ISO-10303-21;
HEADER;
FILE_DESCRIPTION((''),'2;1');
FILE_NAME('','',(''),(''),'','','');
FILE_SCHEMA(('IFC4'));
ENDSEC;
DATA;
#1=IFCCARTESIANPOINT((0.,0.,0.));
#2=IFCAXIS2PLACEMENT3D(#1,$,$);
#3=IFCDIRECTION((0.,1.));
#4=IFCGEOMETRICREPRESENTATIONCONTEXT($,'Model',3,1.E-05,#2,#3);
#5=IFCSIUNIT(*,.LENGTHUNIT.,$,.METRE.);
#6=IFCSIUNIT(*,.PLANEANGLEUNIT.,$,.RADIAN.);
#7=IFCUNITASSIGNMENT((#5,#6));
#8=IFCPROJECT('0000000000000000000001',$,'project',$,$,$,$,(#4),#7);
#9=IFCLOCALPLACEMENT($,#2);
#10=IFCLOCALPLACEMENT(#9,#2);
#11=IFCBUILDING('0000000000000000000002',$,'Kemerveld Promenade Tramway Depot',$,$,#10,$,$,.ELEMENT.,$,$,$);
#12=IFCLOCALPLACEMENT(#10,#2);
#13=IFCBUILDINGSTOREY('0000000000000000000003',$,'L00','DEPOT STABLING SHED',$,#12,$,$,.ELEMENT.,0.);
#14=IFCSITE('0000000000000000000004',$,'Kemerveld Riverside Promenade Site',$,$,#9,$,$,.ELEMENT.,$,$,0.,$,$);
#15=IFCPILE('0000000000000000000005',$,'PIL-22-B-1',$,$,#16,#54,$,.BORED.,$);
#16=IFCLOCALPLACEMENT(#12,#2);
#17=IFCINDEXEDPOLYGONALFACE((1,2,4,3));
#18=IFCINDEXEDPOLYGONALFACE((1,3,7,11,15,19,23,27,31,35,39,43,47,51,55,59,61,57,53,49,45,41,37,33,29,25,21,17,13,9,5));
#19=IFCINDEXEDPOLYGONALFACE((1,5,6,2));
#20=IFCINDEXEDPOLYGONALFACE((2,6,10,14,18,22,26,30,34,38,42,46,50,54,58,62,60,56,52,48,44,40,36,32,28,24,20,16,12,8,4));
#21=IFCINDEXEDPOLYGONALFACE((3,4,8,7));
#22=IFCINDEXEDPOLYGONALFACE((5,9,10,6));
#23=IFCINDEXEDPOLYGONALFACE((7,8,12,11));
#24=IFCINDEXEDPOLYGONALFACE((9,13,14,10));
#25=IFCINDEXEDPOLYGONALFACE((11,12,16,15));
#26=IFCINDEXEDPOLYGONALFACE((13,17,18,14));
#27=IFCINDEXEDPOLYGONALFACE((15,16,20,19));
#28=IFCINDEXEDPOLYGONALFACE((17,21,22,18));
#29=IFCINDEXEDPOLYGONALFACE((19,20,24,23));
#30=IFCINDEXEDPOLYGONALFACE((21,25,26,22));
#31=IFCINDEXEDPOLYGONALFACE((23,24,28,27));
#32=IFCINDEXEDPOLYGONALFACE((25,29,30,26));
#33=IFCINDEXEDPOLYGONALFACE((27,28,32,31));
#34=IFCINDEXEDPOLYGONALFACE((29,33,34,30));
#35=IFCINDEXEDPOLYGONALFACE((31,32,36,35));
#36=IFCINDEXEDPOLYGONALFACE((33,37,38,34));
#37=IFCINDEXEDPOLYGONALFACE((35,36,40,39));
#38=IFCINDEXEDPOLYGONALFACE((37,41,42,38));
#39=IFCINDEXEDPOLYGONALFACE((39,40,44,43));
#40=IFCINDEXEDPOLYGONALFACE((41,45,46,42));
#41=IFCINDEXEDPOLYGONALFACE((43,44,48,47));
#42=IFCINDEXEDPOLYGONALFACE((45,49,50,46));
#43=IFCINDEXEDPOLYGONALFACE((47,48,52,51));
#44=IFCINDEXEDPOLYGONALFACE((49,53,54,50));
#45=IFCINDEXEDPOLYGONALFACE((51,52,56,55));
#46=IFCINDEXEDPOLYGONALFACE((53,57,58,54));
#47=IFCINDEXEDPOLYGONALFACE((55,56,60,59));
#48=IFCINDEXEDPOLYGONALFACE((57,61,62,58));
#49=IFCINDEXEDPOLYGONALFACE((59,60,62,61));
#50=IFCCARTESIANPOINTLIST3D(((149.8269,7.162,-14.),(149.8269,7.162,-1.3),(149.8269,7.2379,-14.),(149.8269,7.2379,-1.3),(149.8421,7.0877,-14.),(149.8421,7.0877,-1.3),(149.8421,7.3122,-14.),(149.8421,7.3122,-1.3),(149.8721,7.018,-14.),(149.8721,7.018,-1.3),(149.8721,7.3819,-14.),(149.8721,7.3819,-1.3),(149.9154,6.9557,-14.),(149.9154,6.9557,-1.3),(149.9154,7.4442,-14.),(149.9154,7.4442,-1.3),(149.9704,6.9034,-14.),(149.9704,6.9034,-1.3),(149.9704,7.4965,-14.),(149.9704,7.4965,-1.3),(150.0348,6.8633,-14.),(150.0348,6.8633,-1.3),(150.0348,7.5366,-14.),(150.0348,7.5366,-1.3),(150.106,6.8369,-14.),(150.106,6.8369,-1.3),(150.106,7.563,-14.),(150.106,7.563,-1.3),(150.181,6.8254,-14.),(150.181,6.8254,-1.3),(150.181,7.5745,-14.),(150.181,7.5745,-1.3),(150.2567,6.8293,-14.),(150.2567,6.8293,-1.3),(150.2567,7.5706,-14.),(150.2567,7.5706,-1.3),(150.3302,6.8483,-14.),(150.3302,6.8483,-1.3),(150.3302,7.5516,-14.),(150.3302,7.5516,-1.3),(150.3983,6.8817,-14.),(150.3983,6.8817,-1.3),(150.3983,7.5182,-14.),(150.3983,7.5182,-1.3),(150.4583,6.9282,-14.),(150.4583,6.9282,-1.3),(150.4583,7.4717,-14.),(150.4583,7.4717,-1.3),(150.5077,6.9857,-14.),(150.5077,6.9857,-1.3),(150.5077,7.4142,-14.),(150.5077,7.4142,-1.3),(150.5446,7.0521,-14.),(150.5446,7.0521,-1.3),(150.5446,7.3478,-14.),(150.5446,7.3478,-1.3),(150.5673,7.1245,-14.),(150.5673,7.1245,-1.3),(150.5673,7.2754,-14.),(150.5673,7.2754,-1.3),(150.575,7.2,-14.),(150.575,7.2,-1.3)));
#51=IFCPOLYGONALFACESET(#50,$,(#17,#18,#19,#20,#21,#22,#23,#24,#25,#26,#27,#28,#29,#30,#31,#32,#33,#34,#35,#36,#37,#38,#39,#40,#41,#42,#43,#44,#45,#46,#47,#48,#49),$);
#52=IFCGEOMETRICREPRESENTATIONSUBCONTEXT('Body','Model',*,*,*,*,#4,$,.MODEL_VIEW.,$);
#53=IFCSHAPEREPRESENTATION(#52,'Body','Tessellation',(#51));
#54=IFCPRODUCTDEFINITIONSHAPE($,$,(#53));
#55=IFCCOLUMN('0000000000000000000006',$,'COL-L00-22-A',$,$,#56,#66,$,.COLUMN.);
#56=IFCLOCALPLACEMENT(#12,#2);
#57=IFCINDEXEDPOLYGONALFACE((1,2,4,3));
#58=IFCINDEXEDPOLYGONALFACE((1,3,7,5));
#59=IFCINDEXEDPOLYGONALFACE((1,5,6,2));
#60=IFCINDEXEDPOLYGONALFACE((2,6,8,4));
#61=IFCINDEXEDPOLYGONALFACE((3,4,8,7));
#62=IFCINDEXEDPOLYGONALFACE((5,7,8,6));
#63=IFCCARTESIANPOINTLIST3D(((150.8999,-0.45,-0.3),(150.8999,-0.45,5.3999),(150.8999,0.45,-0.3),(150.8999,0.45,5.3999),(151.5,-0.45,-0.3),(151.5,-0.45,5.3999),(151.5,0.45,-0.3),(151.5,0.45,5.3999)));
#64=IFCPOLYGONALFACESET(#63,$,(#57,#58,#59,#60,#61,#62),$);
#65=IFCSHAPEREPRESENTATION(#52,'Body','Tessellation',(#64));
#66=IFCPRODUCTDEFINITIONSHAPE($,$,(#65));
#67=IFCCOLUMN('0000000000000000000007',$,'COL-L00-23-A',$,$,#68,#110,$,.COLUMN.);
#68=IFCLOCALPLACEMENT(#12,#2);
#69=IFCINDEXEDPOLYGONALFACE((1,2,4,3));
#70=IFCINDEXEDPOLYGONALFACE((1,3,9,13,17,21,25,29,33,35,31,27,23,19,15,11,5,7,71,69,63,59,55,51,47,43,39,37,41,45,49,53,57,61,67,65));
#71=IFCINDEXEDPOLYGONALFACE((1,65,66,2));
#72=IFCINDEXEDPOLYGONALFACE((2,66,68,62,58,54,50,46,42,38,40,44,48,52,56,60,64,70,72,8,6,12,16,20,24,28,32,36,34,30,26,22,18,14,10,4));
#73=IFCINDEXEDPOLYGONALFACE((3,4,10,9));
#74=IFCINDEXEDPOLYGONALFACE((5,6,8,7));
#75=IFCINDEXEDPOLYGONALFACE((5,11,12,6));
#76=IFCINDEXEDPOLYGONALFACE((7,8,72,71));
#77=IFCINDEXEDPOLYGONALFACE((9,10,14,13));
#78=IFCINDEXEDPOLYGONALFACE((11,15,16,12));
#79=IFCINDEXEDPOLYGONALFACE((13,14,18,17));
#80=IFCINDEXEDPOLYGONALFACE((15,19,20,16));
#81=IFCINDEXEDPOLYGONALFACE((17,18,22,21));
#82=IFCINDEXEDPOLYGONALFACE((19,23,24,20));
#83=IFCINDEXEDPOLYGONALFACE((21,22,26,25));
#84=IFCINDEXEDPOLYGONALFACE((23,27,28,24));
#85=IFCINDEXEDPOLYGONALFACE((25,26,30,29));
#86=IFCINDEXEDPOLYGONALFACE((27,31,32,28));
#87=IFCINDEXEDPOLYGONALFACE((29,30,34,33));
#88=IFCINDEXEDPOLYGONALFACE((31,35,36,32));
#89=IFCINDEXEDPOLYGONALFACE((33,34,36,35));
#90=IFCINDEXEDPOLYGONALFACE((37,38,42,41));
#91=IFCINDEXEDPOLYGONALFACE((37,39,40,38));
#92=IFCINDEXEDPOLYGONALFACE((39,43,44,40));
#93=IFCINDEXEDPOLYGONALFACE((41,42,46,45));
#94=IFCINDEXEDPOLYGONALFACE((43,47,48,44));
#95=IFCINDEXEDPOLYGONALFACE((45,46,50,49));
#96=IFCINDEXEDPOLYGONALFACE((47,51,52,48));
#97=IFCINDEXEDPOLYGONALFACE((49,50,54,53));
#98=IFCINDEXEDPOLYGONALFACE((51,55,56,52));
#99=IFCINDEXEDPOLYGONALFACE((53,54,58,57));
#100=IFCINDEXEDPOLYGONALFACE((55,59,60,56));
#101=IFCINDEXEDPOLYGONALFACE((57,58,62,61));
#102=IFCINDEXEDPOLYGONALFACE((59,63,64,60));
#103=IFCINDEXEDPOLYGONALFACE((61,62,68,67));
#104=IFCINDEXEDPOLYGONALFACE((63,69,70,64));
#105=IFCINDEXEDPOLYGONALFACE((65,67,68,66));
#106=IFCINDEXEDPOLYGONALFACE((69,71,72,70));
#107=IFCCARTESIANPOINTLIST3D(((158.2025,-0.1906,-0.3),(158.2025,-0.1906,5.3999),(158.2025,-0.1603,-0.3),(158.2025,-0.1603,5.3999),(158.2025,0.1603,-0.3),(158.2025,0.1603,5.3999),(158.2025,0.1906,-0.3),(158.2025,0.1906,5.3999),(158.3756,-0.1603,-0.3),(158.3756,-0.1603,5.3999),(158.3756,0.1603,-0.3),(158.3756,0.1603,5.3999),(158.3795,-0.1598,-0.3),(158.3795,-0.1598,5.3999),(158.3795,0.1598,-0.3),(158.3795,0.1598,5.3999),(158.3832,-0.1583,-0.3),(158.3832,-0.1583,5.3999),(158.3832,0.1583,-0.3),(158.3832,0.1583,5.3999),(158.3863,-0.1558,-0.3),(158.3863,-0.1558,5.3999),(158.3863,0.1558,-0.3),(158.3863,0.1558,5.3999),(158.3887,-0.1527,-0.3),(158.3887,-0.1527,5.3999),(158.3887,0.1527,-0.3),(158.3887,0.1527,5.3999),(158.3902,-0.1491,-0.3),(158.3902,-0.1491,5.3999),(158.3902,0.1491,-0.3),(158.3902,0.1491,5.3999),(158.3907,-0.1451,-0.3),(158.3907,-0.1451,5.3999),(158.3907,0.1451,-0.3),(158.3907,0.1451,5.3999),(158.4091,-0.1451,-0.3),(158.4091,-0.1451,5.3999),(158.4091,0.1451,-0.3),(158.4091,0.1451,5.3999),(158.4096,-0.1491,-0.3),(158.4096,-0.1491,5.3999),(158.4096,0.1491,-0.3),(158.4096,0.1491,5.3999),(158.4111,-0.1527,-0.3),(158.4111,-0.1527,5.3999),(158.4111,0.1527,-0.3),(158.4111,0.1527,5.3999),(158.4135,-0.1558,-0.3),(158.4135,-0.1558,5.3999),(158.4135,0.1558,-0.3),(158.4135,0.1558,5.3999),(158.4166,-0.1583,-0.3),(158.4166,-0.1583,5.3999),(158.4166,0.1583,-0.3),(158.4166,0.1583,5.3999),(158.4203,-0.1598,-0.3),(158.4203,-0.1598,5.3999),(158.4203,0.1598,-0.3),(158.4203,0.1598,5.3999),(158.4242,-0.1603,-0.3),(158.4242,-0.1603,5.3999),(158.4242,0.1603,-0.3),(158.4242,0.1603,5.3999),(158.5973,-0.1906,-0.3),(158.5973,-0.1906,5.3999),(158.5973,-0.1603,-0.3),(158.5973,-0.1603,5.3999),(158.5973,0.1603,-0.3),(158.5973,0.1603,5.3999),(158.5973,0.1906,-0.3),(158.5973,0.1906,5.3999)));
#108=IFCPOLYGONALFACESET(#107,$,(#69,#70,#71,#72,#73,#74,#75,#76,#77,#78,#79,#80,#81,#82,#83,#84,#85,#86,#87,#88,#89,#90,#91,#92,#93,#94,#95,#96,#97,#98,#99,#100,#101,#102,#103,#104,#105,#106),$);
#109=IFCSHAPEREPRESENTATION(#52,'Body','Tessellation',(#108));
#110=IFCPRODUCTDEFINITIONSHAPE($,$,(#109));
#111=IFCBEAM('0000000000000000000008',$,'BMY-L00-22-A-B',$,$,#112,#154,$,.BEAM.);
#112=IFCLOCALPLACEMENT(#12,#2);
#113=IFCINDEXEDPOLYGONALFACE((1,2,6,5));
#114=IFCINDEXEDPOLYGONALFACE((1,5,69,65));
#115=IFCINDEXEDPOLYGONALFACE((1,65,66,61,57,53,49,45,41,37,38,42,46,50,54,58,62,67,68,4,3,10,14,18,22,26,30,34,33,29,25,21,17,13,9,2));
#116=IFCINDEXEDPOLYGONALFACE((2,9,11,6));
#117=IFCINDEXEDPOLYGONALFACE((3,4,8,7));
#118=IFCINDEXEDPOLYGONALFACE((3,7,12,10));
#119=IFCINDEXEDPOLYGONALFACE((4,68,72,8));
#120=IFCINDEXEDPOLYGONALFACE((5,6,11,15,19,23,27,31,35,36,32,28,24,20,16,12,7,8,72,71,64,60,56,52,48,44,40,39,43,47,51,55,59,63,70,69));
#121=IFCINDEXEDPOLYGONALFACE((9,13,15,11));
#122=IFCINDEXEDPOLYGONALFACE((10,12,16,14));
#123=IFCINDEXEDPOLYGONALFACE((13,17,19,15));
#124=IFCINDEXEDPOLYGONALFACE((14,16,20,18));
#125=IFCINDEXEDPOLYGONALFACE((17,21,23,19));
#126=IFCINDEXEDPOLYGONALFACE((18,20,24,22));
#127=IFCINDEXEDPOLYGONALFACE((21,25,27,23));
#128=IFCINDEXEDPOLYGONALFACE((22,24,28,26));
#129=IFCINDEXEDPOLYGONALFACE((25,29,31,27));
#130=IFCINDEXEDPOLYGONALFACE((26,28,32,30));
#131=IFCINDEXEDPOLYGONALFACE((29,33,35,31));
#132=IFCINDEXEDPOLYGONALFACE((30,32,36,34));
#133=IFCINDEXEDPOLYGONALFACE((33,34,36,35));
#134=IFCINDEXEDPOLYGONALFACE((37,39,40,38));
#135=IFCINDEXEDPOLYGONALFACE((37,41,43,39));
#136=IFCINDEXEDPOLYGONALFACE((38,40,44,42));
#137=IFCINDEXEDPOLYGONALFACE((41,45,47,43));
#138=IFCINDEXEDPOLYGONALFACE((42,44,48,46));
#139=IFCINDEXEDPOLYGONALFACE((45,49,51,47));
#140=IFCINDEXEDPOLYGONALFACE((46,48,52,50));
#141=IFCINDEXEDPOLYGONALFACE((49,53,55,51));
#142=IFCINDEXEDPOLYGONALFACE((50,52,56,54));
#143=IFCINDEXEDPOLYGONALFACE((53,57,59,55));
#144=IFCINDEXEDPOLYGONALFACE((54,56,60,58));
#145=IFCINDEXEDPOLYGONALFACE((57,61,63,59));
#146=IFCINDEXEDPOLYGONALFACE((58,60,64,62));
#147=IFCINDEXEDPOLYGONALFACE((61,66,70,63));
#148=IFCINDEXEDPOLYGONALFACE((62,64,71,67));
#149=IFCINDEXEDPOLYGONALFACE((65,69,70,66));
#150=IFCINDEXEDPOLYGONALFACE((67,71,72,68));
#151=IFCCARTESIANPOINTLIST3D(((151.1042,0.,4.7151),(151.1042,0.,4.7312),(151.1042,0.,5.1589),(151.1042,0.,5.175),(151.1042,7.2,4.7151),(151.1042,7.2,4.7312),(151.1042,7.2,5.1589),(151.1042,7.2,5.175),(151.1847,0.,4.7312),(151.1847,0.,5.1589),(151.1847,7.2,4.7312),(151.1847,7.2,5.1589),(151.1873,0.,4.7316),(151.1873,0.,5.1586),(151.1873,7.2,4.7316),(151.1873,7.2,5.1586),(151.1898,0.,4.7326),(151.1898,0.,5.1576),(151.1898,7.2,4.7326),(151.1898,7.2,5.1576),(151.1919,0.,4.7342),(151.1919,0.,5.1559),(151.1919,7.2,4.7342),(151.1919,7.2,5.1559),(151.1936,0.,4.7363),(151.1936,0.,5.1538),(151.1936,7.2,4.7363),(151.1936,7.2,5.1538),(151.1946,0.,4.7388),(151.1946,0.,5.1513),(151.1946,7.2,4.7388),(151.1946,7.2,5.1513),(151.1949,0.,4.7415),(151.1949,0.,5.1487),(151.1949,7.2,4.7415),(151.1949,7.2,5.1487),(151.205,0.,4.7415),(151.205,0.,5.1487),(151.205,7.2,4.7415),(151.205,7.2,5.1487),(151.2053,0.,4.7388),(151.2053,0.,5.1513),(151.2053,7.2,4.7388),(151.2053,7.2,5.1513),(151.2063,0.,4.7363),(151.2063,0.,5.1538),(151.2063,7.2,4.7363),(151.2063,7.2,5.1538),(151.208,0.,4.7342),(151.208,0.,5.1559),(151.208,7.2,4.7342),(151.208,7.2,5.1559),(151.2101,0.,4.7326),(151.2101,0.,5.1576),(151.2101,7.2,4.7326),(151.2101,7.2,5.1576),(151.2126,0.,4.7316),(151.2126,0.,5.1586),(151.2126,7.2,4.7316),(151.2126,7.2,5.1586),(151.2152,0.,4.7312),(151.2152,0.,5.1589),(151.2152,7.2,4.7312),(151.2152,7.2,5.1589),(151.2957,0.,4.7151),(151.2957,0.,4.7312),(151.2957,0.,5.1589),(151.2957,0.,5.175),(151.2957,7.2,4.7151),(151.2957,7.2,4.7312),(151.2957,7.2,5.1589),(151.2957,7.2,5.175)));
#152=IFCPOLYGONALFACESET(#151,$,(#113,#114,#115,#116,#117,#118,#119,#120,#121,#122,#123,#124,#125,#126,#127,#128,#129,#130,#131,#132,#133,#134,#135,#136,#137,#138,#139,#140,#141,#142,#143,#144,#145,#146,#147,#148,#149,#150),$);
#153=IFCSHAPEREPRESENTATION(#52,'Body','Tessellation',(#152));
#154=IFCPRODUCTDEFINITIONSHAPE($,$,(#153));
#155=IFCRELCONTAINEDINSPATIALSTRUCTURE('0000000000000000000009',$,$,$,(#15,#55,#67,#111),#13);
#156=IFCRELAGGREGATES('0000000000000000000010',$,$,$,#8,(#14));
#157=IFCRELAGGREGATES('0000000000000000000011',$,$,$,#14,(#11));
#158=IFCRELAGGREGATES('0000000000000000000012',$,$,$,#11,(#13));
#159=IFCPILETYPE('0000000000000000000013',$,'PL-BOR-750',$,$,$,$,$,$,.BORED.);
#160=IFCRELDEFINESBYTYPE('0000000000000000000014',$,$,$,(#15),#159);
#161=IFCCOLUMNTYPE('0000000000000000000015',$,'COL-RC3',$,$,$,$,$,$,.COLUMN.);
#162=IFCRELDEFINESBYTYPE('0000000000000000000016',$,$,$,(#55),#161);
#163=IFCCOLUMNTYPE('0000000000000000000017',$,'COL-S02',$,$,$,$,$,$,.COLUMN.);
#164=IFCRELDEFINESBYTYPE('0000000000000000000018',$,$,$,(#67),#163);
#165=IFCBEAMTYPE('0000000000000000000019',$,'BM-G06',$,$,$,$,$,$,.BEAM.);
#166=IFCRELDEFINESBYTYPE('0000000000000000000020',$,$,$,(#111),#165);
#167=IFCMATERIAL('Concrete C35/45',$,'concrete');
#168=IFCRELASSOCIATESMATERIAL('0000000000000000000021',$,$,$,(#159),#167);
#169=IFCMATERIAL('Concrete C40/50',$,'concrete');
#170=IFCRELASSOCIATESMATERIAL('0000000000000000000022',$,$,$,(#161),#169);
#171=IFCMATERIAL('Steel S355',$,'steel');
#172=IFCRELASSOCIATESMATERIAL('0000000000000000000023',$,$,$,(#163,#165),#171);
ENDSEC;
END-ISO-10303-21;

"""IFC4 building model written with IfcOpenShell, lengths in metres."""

from ifc_helpers import new_model, si_unit, direction, frame, origin, origin_2d, place, context, subcontext, project, spatial, rectangle, circle, i_section, extrude, material, material_profile, profile_set, type_object, element, save


model = new_model("IFC4")

# Units and contexts
model_context = context("Model", 3, precision=1e-05, world=origin(), true_north=direction((0.0, 1.0)))
body_context = subcontext(model_context, "Body", "Model", "MODEL_VIEW")
ifc_project = project(units=[si_unit("LENGTHUNIT", "METRE"), si_unit("PLANEANGLEUNIT", "RADIAN")], contexts=[model_context])

# Site, building, storey
site_placement = place(None, origin())
site = spatial("IfcSite", under=ifc_project, at=site_placement, Name="Kemerveld Riverside Promenade Site", CompositionType="ELEMENT", RefElevation=0.0)
building_placement = place(site_placement, origin())
building = spatial("IfcBuilding", under=site, at=building_placement, Name="Kemerveld Promenade Tramway Depot", CompositionType="ELEMENT")
storey_placement = place(building_placement, origin())
storey = spatial("IfcBuildingStorey", under=building, at=storey_placement, Name="L00", Description="DEPOT STABLING SHED", CompositionType="ELEMENT", Elevation=0.0)

# Shared definitions
ifc_material_1 = material(Name="Concrete C35/45", Category="concrete")

# Pile
ifc_material_profile_1 = material_profile(ifc_material_1, circle(Radius=0.375, at=origin_2d()), Name="PILE-D750")
ifc_profile_set_1 = profile_set([ifc_material_profile_1], Name="Concrete C35/45")
pile_type_1 = type_object("IfcPileType", Name="PL-BOR-750", PredefinedType="BORED", material=ifc_profile_set_1)
for number, where, z_axis, x_axis, name in (
    (1, (150.2, 7.2, -1.3), (0.0, 0.0, -1.0), (1.0, 0.0, 0.0), "PIL-22-B-1"),
):
    element("IfcPile", number, at=place(storey_placement, frame(where, z_axis=z_axis, x_axis=x_axis)), inside=storey, type_object=pile_type_1, Name=name, PredefinedType="BORED", context=body_context, shape_type="SweptSolid", body=[
        extrude(circle(Radius=0.375, at=origin_2d()), origin(), (0.0, 0.0, 1.0), 12.7),
    ])

# Columns
ifc_material_2 = material(Name="Concrete C40/50", Category="concrete")
ifc_material_profile_2 = material_profile(ifc_material_2, rectangle(XDim=0.6001, YDim=0.8999, at=origin_2d()), Name="RC-PIER-900x600")
ifc_profile_set_2 = profile_set([ifc_material_profile_2], Name="Concrete C40/50")
column_type_1 = type_object("IfcColumnType", Name="COL-RC3", PredefinedType="COLUMN", material=ifc_profile_set_2)
column_1_placement = place(storey_placement, frame((151.2, 0.0, -0.3), z_axis=(0.0, 0.0, 1.0), x_axis=(1.0, 0.0, 0.0)))
element("IfcColumn", 2, at=column_1_placement, inside=storey, type_object=column_type_1, Name="COL-L00-22-A", PredefinedType="COLUMN", context=body_context, shape_type="SweptSolid", body=[
    extrude(rectangle(XDim=0.6001, YDim=0.8999, at=origin_2d()), origin(), (0.0, 0.0, 1.0), 5.7),
])
ifc_material_3 = material(Name="Steel S355", Category="steel")
ifc_material_profile_3 = material_profile(ifc_material_3, i_section(OverallWidth=0.3948, OverallDepth=0.3811, WebThickness=0.0183, FlangeThickness=0.0303, FilletRadius=0.0151, at=origin_2d()), Name="356x406x235 UC")
ifc_profile_set_3 = profile_set([ifc_material_profile_3], Name="Steel S355")
column_type_2 = type_object("IfcColumnType", Name="COL-S02", PredefinedType="COLUMN", material=ifc_profile_set_3)
column_2_placement = place(storey_placement, frame((158.3999, 0.0, -0.3), z_axis=(0.0, 0.0, 1.0), x_axis=(1.0, 0.0, 0.0)))
element("IfcColumn", 3, at=column_2_placement, inside=storey, type_object=column_type_2, Name="COL-L00-23-A", PredefinedType="COLUMN", context=body_context, shape_type="SweptSolid", body=[
    extrude(i_section(OverallWidth=0.3948, OverallDepth=0.3811, WebThickness=0.0183, FlangeThickness=0.0303, FilletRadius=0.0151, at=origin_2d()), origin(), (0.0, 0.0, 1.0), 5.7),
])

# Beam
ifc_material_profile_4 = material_profile(ifc_material_3, i_section(OverallWidth=0.1914, OverallDepth=0.46, WebThickness=0.01, FlangeThickness=0.0161, FilletRadius=0.0103, at=origin_2d()), Name="457x191x82 UB")
ifc_profile_set_4 = profile_set([ifc_material_profile_4], Name="Steel S355")
beam_type_1 = type_object("IfcBeamType", Name="BM-G06", PredefinedType="BEAM", material=ifc_profile_set_4)
beam_1_placement = place(storey_placement, frame((151.2, 0.0, 4.9451), z_axis=(0.0, 1.0, 0.0), x_axis=(-1.0, 0.0, 0.0)))
element("IfcBeam", 4, at=beam_1_placement, inside=storey, type_object=beam_type_1, Name="BMY-L00-22-A-B", PredefinedType="BEAM", context=body_context, shape_type="SweptSolid", body=[
    extrude(i_section(OverallWidth=0.1914, OverallDepth=0.46, WebThickness=0.01, FlangeThickness=0.0161, FilletRadius=0.0103, at=origin_2d()), origin(), (0.0, 0.0, 1.0), 7.2),
])

save(model, "model.ifc")
